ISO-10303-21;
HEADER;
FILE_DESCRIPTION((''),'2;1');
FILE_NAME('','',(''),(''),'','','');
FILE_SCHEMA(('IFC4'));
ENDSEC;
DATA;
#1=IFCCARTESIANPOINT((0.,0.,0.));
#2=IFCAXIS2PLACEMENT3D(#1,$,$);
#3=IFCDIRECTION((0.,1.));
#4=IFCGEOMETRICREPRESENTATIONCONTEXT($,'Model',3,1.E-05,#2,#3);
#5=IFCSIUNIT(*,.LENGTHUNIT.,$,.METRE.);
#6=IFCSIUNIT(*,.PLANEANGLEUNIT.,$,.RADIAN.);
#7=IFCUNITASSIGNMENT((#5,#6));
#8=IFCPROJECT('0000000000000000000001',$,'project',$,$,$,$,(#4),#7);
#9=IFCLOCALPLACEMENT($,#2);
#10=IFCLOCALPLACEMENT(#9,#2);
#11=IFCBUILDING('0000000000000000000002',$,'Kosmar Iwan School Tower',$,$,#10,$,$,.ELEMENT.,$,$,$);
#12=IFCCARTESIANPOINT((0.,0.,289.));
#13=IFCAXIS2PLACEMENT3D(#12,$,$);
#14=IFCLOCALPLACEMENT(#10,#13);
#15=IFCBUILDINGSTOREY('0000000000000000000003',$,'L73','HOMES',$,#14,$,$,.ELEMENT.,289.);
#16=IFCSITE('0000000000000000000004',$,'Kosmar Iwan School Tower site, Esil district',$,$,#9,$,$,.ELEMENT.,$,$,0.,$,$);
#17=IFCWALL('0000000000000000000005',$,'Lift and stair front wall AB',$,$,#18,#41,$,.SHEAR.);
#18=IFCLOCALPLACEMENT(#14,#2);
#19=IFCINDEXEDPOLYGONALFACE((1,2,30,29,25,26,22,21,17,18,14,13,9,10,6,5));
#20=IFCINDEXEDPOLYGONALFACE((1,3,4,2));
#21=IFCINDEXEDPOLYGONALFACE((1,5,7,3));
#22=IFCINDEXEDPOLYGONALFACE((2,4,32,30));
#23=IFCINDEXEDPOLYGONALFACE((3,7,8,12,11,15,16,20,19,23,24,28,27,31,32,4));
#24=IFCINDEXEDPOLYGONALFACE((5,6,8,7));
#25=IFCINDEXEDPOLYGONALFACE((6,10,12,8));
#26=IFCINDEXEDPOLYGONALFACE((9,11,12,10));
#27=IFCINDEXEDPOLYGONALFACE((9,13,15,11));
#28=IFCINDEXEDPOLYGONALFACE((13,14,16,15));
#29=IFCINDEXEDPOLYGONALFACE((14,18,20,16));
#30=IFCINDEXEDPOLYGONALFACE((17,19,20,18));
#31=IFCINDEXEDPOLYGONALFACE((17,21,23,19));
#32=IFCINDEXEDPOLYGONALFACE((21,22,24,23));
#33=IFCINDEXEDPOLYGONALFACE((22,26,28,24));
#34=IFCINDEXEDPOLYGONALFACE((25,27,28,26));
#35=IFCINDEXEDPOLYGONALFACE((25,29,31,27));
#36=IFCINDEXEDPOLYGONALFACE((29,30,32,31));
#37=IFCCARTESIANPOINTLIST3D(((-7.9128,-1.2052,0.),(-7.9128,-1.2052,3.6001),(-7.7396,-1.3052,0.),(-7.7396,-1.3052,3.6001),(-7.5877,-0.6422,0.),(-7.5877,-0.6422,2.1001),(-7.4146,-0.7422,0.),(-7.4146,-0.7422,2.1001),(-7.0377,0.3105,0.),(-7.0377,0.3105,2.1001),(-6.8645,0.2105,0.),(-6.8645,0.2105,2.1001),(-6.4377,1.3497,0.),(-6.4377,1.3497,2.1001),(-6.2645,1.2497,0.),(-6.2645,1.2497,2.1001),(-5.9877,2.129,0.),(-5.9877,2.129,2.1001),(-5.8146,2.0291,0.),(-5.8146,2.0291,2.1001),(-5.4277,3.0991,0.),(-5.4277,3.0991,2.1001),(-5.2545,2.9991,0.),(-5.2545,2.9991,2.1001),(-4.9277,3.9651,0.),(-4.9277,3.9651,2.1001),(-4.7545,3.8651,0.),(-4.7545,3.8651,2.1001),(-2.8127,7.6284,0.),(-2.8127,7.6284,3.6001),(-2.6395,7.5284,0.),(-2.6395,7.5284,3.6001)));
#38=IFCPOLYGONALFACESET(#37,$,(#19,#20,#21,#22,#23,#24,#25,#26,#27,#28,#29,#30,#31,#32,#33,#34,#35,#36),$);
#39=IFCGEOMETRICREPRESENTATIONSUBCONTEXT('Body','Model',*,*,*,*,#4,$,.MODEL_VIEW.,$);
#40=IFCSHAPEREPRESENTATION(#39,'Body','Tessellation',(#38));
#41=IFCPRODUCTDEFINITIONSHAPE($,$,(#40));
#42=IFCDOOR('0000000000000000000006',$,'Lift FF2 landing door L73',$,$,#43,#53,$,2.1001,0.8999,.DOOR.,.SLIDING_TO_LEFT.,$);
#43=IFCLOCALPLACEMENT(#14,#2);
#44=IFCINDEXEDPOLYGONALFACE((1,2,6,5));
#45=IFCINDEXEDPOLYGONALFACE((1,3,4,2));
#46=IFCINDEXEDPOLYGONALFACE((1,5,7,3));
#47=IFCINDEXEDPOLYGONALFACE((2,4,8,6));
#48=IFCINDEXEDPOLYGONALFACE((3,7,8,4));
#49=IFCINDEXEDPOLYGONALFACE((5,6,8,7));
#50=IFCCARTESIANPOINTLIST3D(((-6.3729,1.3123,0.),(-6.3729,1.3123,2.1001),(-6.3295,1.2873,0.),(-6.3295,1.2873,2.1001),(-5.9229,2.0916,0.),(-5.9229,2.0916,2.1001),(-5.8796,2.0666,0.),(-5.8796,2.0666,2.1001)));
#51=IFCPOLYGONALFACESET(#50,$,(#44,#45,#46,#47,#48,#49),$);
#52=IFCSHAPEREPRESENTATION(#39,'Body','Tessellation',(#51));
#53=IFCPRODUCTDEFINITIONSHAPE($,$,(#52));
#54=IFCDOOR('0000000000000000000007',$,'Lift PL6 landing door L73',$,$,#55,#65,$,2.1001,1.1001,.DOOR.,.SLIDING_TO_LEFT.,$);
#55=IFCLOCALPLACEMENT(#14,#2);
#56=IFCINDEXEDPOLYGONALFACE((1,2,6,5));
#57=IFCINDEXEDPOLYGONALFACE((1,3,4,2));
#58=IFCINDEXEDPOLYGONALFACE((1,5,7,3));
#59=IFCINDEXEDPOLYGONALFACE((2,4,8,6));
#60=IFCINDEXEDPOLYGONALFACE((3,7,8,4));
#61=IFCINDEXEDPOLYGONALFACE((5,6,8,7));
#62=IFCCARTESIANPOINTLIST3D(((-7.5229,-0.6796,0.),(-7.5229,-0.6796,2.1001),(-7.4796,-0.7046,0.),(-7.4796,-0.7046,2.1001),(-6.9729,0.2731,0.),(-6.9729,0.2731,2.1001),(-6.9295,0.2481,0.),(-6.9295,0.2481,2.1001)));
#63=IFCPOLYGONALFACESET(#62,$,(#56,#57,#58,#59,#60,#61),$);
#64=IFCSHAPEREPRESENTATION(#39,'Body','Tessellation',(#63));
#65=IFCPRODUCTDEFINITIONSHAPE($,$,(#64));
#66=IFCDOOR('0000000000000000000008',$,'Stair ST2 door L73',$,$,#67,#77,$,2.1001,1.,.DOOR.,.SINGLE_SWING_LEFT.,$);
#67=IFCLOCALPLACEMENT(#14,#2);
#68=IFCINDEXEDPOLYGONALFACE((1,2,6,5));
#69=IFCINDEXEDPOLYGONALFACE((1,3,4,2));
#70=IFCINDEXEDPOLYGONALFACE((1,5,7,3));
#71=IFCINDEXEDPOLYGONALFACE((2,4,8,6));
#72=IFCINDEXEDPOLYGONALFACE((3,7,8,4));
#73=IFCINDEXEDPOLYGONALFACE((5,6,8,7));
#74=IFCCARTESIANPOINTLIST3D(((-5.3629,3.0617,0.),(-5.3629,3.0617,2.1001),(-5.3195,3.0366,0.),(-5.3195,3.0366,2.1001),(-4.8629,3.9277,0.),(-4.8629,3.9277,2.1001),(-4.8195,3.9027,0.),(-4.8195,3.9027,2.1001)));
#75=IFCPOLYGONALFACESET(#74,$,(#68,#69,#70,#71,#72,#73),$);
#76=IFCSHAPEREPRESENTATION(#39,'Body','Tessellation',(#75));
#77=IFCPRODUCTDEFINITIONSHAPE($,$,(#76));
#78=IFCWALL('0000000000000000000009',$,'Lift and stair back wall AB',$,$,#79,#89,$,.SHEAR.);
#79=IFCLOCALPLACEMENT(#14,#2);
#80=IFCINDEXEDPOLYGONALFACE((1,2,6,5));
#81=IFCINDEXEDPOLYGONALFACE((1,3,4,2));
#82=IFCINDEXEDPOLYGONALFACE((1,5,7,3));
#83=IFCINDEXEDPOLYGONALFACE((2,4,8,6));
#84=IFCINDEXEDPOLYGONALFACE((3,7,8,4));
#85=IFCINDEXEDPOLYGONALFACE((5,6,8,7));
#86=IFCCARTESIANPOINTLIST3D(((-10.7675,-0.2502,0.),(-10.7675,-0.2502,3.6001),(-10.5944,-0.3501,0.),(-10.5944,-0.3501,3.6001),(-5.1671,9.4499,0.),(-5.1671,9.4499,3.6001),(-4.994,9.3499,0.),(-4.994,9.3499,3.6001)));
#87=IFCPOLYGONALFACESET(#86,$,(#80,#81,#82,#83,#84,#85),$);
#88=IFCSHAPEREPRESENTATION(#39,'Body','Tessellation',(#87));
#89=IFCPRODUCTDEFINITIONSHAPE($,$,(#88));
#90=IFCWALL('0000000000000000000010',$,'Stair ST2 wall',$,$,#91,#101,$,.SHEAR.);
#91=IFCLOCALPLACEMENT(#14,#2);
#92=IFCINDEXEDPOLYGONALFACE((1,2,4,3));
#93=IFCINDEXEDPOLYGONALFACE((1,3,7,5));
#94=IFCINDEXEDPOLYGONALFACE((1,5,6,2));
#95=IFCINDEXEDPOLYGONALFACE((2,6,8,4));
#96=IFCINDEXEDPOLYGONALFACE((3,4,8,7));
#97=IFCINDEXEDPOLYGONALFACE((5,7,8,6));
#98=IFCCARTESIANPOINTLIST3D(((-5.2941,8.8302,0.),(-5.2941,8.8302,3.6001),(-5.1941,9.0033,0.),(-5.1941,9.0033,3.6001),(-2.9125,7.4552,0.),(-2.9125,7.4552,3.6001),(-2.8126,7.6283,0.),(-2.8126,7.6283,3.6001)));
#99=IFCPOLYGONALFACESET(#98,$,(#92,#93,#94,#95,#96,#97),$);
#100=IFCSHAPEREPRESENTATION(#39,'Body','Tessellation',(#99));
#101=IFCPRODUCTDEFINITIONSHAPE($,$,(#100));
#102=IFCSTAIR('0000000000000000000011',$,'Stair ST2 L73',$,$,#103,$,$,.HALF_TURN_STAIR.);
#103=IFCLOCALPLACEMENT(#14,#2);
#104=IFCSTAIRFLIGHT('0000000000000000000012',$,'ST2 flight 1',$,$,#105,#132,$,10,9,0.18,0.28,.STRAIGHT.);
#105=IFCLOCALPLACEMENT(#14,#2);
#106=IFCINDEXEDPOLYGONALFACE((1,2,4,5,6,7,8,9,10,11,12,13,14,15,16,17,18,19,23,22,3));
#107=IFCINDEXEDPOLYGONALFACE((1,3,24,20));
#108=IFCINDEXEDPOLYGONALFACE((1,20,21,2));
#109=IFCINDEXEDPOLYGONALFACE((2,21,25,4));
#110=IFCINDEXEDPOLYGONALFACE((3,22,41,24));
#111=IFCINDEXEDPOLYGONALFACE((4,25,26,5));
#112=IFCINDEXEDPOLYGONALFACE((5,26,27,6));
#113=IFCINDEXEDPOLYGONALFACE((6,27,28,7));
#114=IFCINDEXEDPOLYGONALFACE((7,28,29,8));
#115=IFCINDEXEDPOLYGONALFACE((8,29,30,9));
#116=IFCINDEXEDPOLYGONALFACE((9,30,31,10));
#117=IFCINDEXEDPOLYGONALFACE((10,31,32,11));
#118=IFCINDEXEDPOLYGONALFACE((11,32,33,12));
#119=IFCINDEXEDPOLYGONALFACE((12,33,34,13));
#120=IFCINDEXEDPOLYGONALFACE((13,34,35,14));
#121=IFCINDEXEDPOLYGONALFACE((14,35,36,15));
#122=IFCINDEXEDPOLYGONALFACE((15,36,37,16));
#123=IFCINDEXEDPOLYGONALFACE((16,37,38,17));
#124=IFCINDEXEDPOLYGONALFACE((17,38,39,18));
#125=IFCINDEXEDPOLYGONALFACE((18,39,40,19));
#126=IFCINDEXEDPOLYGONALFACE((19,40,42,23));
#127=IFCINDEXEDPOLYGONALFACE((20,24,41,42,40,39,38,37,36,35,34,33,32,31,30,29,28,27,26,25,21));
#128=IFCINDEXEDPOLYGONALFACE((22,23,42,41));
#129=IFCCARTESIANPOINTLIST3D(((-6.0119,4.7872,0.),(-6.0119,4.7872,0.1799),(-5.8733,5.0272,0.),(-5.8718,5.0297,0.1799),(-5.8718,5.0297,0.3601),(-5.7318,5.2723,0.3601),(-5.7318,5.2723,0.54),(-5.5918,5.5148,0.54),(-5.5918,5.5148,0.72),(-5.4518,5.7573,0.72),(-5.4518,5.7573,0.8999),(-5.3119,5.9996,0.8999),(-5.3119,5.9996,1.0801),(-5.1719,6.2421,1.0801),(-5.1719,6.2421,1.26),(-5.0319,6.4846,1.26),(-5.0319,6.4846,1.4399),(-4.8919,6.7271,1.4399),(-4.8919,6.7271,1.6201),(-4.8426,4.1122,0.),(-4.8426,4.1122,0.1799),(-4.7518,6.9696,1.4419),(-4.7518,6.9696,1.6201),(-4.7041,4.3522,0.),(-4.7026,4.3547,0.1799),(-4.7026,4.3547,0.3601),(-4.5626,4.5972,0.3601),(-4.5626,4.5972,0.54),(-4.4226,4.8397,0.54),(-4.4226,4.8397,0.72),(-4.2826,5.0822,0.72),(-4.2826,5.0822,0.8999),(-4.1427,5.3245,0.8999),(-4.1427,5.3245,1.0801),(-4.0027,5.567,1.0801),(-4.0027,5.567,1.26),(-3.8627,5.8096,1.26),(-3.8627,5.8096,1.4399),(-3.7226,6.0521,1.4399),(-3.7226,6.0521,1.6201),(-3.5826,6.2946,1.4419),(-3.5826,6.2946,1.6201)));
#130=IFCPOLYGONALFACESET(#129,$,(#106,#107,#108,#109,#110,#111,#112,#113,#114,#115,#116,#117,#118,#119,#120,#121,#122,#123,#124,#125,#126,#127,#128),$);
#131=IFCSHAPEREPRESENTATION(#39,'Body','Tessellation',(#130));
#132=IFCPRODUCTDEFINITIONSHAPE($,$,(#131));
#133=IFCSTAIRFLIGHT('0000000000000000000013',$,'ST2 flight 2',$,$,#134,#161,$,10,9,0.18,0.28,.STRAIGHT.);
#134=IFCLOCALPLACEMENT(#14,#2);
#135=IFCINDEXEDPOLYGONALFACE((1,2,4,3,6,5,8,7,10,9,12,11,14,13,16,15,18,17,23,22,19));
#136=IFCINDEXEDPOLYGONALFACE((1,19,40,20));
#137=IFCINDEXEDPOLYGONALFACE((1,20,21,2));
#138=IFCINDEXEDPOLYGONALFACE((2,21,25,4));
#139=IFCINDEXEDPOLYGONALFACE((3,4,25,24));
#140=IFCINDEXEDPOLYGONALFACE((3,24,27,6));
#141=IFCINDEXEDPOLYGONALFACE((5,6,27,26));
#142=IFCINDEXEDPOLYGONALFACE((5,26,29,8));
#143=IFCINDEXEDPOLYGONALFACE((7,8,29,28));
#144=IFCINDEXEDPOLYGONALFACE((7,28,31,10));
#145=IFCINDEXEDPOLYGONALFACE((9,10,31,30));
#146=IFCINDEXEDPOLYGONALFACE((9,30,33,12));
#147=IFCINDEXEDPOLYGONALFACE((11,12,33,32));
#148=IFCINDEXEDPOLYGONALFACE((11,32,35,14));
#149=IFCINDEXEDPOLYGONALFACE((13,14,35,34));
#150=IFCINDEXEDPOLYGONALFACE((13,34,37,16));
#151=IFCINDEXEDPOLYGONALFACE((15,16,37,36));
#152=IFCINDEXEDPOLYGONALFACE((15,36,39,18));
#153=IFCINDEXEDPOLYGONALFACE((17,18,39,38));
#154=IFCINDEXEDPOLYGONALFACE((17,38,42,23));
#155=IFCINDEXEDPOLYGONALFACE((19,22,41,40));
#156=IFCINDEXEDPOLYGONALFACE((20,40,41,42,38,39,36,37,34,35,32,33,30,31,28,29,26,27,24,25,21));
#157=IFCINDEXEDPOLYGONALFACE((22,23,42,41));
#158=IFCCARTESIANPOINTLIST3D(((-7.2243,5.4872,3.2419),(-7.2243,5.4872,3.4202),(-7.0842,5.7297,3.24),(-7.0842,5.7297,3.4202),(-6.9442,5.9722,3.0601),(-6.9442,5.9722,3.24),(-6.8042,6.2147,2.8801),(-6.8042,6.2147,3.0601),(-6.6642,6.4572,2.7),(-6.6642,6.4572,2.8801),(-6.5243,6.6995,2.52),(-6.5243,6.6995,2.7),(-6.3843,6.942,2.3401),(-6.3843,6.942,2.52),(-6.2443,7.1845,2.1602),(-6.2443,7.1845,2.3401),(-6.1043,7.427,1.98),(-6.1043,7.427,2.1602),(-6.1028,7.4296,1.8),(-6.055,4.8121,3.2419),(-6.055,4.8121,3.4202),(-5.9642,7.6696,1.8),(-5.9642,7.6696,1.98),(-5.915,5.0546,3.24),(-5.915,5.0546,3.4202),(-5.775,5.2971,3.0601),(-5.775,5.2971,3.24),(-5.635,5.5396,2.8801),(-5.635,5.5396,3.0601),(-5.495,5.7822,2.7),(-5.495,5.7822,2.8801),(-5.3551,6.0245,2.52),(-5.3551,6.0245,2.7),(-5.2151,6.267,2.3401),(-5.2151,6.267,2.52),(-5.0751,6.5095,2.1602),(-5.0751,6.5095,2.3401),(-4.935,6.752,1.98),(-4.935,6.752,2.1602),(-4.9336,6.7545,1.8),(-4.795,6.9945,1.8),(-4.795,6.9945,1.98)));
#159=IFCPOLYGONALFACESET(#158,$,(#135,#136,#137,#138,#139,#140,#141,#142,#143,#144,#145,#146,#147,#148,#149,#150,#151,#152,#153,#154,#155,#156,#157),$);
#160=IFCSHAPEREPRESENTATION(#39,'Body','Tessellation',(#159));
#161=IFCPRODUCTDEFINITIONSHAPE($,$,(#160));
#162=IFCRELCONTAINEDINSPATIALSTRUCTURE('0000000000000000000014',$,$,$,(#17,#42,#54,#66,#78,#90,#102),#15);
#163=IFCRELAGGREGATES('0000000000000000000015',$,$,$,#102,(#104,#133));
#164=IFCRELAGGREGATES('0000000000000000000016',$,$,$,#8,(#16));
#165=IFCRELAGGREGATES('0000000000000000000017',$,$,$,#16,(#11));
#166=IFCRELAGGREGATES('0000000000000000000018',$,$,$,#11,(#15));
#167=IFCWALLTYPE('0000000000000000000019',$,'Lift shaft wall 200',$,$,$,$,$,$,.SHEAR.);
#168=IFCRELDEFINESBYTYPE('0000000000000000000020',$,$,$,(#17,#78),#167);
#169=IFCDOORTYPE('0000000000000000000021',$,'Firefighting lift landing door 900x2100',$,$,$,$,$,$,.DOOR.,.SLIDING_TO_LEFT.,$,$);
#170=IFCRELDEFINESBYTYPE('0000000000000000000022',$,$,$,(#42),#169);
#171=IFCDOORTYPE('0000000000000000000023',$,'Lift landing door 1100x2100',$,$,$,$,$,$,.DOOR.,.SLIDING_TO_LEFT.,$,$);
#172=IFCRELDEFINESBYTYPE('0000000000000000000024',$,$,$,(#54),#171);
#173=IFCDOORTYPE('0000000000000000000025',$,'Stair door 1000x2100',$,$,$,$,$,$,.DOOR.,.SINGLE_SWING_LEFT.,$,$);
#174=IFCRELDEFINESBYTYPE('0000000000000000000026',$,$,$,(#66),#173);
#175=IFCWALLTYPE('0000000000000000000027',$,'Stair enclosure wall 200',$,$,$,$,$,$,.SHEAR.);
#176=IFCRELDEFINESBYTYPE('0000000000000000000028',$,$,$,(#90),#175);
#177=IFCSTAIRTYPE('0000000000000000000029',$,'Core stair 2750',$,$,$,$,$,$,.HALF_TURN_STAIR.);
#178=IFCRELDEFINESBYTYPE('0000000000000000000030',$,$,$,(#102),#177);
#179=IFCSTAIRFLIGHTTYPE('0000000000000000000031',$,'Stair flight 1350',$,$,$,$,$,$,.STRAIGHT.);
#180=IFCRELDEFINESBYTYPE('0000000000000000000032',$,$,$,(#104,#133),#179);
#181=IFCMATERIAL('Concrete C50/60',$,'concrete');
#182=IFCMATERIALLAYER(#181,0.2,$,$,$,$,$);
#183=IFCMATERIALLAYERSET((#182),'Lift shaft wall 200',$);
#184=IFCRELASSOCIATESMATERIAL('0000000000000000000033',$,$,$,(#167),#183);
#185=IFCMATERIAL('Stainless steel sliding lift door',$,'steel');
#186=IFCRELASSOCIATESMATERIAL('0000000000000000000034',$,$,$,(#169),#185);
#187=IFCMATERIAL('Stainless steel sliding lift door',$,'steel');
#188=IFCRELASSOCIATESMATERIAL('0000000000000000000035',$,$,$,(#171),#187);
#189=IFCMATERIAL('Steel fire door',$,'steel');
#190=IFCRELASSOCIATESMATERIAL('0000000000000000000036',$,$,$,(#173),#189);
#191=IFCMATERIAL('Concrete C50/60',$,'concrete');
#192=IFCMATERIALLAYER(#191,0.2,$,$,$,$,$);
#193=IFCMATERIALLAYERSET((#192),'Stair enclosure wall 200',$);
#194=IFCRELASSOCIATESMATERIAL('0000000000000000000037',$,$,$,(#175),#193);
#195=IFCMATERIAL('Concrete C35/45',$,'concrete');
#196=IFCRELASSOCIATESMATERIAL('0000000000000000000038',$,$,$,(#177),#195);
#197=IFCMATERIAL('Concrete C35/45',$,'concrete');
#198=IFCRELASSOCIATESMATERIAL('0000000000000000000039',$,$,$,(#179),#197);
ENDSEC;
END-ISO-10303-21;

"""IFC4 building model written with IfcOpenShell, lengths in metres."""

from ifc_helpers import new_model, si_unit, direction, frame, frame_2d, origin, place, context, subcontext, project, spatial, polyline, rectangle, outline, extrude, material, layer, layer_set, type_object, element, fill, aggregate, save


model = new_model("IFC4")

# Units and contexts
model_context = context("Model", 3, precision=1e-05, world=origin(), true_north=direction((0.0, 1.0)))
body_context = subcontext(model_context, "Body", "Model", "MODEL_VIEW")
ifc_project = project(units=[si_unit("LENGTHUNIT", "METRE"), si_unit("PLANEANGLEUNIT", "RADIAN")], contexts=[model_context])

# Site, building, storey
site_placement = place(None, origin())
site = spatial("IfcSite", under=ifc_project, at=site_placement, Name="Kosmar Iwan School Tower site, Esil district", CompositionType="ELEMENT", RefElevation=0.0)
building_placement = place(site_placement, origin())
building = spatial("IfcBuilding", under=site, at=building_placement, Name="Kosmar Iwan School Tower", CompositionType="ELEMENT")
storey_placement = place(building_placement, frame((0.0, 0.0, 289.0)))
storey = spatial("IfcBuildingStorey", under=building, at=storey_placement, Name="L73", Description="HOMES", CompositionType="ELEMENT", Elevation=289.0)

# Wall, openings, doors
ifc_material_1 = material(Name="Concrete C50/60", Category="concrete")
ifc_layer_1 = layer(ifc_material_1, 0.2)
ifc_layer_set_1 = layer_set([ifc_layer_1], Name="Lift shaft wall 200")
wall_type_1 = type_object("IfcWallType", Name="Lift shaft wall 200", PredefinedType="SHEAR", material=ifc_layer_set_1)
wall_1_placement = place(storey_placement, frame((-2.7261, 7.5784, 0.0), z_axis=(0.0, 0.0, 1.0), x_axis=(-0.500006, -0.866022, 0.0)))
wall_1 = element("IfcWall", 1, at=wall_1_placement, inside=storey, type_object=wall_type_1, Name="Lift and stair front wall AB", PredefinedType="SHEAR", context=body_context, shape_type="SweptSolid", body=[
    extrude(rectangle(XDim=10.2002, YDim=0.2, at=frame_2d((5.1001, 0.0))), origin(), (0.0, 0.0, 1.0), 3.6001),
])
opening_1_placement = place(wall_1_placement, frame((6.3501, 0.0, 0.0)))
opening_1 = element("IfcOpeningElement", 2, at=opening_1_placement, cuts=wall_1, PredefinedType="OPENING", context=body_context, shape_type="SweptSolid", body=[
    extrude(rectangle(XDim=0.8999, YDim=2.1001, at=frame_2d((0.45, 1.05))), frame((0.0, 0.1121, 0.0), z_axis=(0.0, -1.0, 0.0), x_axis=(1.0, 0.0, 0.0)), (0.0, 0.0, 1.0), 0.2239),
])
opening_2_placement = place(wall_1_placement, frame((8.45, 0.0, 0.0)))
opening_2 = element("IfcOpeningElement", 3, at=opening_2_placement, cuts=wall_1, PredefinedType="OPENING", context=body_context, shape_type="SweptSolid", body=[
    extrude(rectangle(XDim=1.1001, YDim=2.1001, at=frame_2d((0.55, 1.05))), frame((0.0, 0.1121, 0.0), z_axis=(0.0, -1.0, 0.0), x_axis=(1.0, 0.0, 0.0)), (0.0, 0.0, 1.0), 0.2239),
])
opening_3_placement = place(wall_1_placement, frame((4.23, 0.0, 0.0)))
opening_3 = element("IfcOpeningElement", 4, at=opening_3_placement, cuts=wall_1, PredefinedType="OPENING", context=body_context, shape_type="SweptSolid", body=[
    extrude(rectangle(XDim=1.0, YDim=2.1001, at=frame_2d((0.5, 1.05))), frame((0.0, 0.1121, 0.0), z_axis=(0.0, -1.0, 0.0), x_axis=(1.0, 0.0, 0.0)), (0.0, 0.0, 1.0), 0.2239),
])
ifc_material_2 = material(Name="Stainless steel sliding lift door", Category="steel")
door_type_1 = type_object("IfcDoorType", Name="Firefighting lift landing door 900x2100", OperationType="SLIDING_TO_LEFT", PredefinedType="DOOR", material=ifc_material_2)
door_1_placement = place(opening_1_placement, origin())
door_1 = element("IfcDoor", 5, at=door_1_placement, inside=storey, type_object=door_type_1, Name="Lift FF2 landing door L73", OperationType="SLIDING_TO_LEFT", OverallHeight=2.1001, OverallWidth=0.8999, PredefinedType="DOOR", context=body_context, shape_type="SweptSolid", body=[
    extrude(rectangle(XDim=0.8999, YDim=2.1001, at=frame_2d((0.45, 1.05))), frame((0.0, 0.0249, 0.0), z_axis=(0.0, -1.0, 0.0), x_axis=(1.0, 0.0, 0.0)), (0.0, 0.0, 1.0), 0.05),
])
fill(opening_1, door_1)
ifc_material_3 = material(Name="Stainless steel sliding lift door", Category="steel")
door_type_2 = type_object("IfcDoorType", Name="Lift landing door 1100x2100", OperationType="SLIDING_TO_LEFT", PredefinedType="DOOR", material=ifc_material_3)
door_2_placement = place(opening_2_placement, origin())
door_2 = element("IfcDoor", 6, at=door_2_placement, inside=storey, type_object=door_type_2, Name="Lift PL6 landing door L73", OperationType="SLIDING_TO_LEFT", OverallHeight=2.1001, OverallWidth=1.1001, PredefinedType="DOOR", context=body_context, shape_type="SweptSolid", body=[
    extrude(rectangle(XDim=1.1001, YDim=2.1001, at=frame_2d((0.55, 1.05))), frame((0.0, 0.0249, 0.0), z_axis=(0.0, -1.0, 0.0), x_axis=(1.0, 0.0, 0.0)), (0.0, 0.0, 1.0), 0.05),
])
fill(opening_2, door_2)
ifc_material_4 = material(Name="Steel fire door", Category="steel")
door_type_3 = type_object("IfcDoorType", Name="Stair door 1000x2100", OperationType="SINGLE_SWING_LEFT", PredefinedType="DOOR", material=ifc_material_4)
door_3_placement = place(opening_3_placement, origin())
door_3 = element("IfcDoor", 7, at=door_3_placement, inside=storey, type_object=door_type_3, Name="Stair ST2 door L73", OperationType="SINGLE_SWING_LEFT", OverallHeight=2.1001, OverallWidth=1.0, PredefinedType="DOOR", context=body_context, shape_type="SweptSolid", body=[
    extrude(rectangle(XDim=1.0, YDim=2.1001, at=frame_2d((0.5, 1.05))), frame((0.0, 0.0249, 0.0), z_axis=(0.0, -1.0, 0.0), x_axis=(1.0, 0.0, 0.0)), (0.0, 0.0, 1.0), 0.05),
])
fill(opening_3, door_3)

# Walls
wall_2_placement = place(storey_placement, frame((-5.0806, 9.3999, 0.0), z_axis=(0.0, 0.0, 1.0), x_axis=(-0.500005, -0.866023, 0.0)))
element("IfcWall", 8, at=wall_2_placement, inside=storey, type_object=wall_type_1, Name="Lift and stair back wall AB", PredefinedType="SHEAR", context=body_context, shape_type="SweptSolid", body=[
    extrude(rectangle(XDim=11.2007, YDim=0.2, at=frame_2d((5.6003, 0.0))), origin(), (0.0, 0.0, 1.0), 3.6001),
])
ifc_material_5 = material(Name="Concrete C50/60", Category="concrete")
ifc_layer_2 = layer(ifc_material_5, 0.2)
ifc_layer_set_2 = layer_set([ifc_layer_2], Name="Stair enclosure wall 200")
wall_type_2 = type_object("IfcWallType", Name="Stair enclosure wall 200", PredefinedType="SHEAR", material=ifc_layer_set_2)
wall_3_placement = place(storey_placement, frame((-2.8625, 7.5417, 0.0), z_axis=(0.0, 0.0, 1.0), x_axis=(-0.866027, 0.499997, 0.0)))
element("IfcWall", 9, at=wall_3_placement, inside=storey, type_object=wall_type_2, Name="Stair ST2 wall", PredefinedType="SHEAR", context=body_context, shape_type="SweptSolid", body=[
    extrude(rectangle(XDim=2.75, YDim=0.2, at=frame_2d((1.375, 0.0))), origin(), (0.0, 0.0, 1.0), 3.6001),
])

# Stair, stair flights
ifc_material_6 = material(Name="Concrete C35/45", Category="concrete")
stair_type = type_object("IfcStairType", Name="Core stair 2750", PredefinedType="HALF_TURN_STAIR", material=ifc_material_6)
stair_placement = place(storey_placement, origin())
stair = element("IfcStair", 10, at=stair_placement, inside=storey, type_object=stair_type, Name="Stair ST2 L73", PredefinedType="HALF_TURN_STAIR")
ifc_material_7 = material(Name="Concrete C35/45", Category="concrete")
stair_flight_type = type_object("IfcStairFlightType", Name="Stair flight 1350", PredefinedType="STRAIGHT", material=ifc_material_7)
stair_flight_1_placement = place(storey_placement, frame((-5.4272, 4.4497, 0.0), z_axis=(0.0, 0.0, 1.0), x_axis=(0.5, 0.866025, 0.0)))
stair_flight_1 = element("IfcStairFlight", 11, at=stair_flight_1_placement, type_object=stair_flight_type, Name="ST2 flight 1", NumberOfRisers=10, NumberOfTreads=9, PredefinedType="STRAIGHT", RiserHeight=0.18, TreadLength=0.28, context=body_context, shape_type="SweptSolid", body=[
    extrude(outline(polyline([(0.0, 0.0), (0.0, 0.1799), (0.28, 0.1799), (0.28, 0.3601), (0.5601, 0.3601), (0.5601, 0.54), (0.8401, 0.54), (0.8401, 0.72), (1.1201, 0.72), (1.1201, 0.8999), (1.3999, 0.8999), (1.3999, 1.0801), (1.6799, 1.0801), (1.6799, 1.26), (1.96, 1.26), (1.96, 1.4399), (2.24, 1.4399), (2.24, 1.6201), (2.52, 1.6201), (2.52, 1.8), (2.52, 1.4419), (0.2771, 0.0), (0.0, 0.0)])), frame((0.0, 0.675, 0.0), z_axis=(0.0, -1.0, 0.0), x_axis=(1.0, 0.0, 0.0)), (0.0, 0.0, 1.0), 1.3501),
])
stair_flight_2_placement = place(storey_placement, frame((-5.3796, 7.332, 1.8), z_axis=(0.0, 0.0, 1.0), x_axis=(-0.5, -0.866025, 0.0)))
stair_flight_2 = element("IfcStairFlight", 12, at=stair_flight_2_placement, type_object=stair_flight_type, Name="ST2 flight 2", NumberOfRisers=10, NumberOfTreads=9, PredefinedType="STRAIGHT", RiserHeight=0.18, TreadLength=0.28, context=body_context, shape_type="SweptSolid", body=[
    extrude(outline(polyline([(0.0, 0.0), (0.0, 0.1799), (0.28, 0.1799), (0.28, 0.3601), (0.5601, 0.3601), (0.5601, 0.54), (0.8401, 0.54), (0.8401, 0.72), (1.1201, 0.72), (1.1201, 0.8999), (1.3999, 0.8999), (1.3999, 1.0801), (1.6799, 1.0801), (1.6799, 1.26), (1.96, 1.26), (1.96, 1.4399), (2.24, 1.4399), (2.24, 1.6201), (2.52, 1.6201), (2.52, 1.8), (2.52, 1.4419), (0.2771, 0.0), (0.0, 0.0)])), frame((0.0, 0.675, 0.0), z_axis=(0.0, -1.0, 0.0), x_axis=(1.0, 0.0, 0.0)), (0.0, 0.0, 1.0), 1.3501),
])
aggregate(stair, [stair_flight_1, stair_flight_2])

save(model, "model.ifc")
